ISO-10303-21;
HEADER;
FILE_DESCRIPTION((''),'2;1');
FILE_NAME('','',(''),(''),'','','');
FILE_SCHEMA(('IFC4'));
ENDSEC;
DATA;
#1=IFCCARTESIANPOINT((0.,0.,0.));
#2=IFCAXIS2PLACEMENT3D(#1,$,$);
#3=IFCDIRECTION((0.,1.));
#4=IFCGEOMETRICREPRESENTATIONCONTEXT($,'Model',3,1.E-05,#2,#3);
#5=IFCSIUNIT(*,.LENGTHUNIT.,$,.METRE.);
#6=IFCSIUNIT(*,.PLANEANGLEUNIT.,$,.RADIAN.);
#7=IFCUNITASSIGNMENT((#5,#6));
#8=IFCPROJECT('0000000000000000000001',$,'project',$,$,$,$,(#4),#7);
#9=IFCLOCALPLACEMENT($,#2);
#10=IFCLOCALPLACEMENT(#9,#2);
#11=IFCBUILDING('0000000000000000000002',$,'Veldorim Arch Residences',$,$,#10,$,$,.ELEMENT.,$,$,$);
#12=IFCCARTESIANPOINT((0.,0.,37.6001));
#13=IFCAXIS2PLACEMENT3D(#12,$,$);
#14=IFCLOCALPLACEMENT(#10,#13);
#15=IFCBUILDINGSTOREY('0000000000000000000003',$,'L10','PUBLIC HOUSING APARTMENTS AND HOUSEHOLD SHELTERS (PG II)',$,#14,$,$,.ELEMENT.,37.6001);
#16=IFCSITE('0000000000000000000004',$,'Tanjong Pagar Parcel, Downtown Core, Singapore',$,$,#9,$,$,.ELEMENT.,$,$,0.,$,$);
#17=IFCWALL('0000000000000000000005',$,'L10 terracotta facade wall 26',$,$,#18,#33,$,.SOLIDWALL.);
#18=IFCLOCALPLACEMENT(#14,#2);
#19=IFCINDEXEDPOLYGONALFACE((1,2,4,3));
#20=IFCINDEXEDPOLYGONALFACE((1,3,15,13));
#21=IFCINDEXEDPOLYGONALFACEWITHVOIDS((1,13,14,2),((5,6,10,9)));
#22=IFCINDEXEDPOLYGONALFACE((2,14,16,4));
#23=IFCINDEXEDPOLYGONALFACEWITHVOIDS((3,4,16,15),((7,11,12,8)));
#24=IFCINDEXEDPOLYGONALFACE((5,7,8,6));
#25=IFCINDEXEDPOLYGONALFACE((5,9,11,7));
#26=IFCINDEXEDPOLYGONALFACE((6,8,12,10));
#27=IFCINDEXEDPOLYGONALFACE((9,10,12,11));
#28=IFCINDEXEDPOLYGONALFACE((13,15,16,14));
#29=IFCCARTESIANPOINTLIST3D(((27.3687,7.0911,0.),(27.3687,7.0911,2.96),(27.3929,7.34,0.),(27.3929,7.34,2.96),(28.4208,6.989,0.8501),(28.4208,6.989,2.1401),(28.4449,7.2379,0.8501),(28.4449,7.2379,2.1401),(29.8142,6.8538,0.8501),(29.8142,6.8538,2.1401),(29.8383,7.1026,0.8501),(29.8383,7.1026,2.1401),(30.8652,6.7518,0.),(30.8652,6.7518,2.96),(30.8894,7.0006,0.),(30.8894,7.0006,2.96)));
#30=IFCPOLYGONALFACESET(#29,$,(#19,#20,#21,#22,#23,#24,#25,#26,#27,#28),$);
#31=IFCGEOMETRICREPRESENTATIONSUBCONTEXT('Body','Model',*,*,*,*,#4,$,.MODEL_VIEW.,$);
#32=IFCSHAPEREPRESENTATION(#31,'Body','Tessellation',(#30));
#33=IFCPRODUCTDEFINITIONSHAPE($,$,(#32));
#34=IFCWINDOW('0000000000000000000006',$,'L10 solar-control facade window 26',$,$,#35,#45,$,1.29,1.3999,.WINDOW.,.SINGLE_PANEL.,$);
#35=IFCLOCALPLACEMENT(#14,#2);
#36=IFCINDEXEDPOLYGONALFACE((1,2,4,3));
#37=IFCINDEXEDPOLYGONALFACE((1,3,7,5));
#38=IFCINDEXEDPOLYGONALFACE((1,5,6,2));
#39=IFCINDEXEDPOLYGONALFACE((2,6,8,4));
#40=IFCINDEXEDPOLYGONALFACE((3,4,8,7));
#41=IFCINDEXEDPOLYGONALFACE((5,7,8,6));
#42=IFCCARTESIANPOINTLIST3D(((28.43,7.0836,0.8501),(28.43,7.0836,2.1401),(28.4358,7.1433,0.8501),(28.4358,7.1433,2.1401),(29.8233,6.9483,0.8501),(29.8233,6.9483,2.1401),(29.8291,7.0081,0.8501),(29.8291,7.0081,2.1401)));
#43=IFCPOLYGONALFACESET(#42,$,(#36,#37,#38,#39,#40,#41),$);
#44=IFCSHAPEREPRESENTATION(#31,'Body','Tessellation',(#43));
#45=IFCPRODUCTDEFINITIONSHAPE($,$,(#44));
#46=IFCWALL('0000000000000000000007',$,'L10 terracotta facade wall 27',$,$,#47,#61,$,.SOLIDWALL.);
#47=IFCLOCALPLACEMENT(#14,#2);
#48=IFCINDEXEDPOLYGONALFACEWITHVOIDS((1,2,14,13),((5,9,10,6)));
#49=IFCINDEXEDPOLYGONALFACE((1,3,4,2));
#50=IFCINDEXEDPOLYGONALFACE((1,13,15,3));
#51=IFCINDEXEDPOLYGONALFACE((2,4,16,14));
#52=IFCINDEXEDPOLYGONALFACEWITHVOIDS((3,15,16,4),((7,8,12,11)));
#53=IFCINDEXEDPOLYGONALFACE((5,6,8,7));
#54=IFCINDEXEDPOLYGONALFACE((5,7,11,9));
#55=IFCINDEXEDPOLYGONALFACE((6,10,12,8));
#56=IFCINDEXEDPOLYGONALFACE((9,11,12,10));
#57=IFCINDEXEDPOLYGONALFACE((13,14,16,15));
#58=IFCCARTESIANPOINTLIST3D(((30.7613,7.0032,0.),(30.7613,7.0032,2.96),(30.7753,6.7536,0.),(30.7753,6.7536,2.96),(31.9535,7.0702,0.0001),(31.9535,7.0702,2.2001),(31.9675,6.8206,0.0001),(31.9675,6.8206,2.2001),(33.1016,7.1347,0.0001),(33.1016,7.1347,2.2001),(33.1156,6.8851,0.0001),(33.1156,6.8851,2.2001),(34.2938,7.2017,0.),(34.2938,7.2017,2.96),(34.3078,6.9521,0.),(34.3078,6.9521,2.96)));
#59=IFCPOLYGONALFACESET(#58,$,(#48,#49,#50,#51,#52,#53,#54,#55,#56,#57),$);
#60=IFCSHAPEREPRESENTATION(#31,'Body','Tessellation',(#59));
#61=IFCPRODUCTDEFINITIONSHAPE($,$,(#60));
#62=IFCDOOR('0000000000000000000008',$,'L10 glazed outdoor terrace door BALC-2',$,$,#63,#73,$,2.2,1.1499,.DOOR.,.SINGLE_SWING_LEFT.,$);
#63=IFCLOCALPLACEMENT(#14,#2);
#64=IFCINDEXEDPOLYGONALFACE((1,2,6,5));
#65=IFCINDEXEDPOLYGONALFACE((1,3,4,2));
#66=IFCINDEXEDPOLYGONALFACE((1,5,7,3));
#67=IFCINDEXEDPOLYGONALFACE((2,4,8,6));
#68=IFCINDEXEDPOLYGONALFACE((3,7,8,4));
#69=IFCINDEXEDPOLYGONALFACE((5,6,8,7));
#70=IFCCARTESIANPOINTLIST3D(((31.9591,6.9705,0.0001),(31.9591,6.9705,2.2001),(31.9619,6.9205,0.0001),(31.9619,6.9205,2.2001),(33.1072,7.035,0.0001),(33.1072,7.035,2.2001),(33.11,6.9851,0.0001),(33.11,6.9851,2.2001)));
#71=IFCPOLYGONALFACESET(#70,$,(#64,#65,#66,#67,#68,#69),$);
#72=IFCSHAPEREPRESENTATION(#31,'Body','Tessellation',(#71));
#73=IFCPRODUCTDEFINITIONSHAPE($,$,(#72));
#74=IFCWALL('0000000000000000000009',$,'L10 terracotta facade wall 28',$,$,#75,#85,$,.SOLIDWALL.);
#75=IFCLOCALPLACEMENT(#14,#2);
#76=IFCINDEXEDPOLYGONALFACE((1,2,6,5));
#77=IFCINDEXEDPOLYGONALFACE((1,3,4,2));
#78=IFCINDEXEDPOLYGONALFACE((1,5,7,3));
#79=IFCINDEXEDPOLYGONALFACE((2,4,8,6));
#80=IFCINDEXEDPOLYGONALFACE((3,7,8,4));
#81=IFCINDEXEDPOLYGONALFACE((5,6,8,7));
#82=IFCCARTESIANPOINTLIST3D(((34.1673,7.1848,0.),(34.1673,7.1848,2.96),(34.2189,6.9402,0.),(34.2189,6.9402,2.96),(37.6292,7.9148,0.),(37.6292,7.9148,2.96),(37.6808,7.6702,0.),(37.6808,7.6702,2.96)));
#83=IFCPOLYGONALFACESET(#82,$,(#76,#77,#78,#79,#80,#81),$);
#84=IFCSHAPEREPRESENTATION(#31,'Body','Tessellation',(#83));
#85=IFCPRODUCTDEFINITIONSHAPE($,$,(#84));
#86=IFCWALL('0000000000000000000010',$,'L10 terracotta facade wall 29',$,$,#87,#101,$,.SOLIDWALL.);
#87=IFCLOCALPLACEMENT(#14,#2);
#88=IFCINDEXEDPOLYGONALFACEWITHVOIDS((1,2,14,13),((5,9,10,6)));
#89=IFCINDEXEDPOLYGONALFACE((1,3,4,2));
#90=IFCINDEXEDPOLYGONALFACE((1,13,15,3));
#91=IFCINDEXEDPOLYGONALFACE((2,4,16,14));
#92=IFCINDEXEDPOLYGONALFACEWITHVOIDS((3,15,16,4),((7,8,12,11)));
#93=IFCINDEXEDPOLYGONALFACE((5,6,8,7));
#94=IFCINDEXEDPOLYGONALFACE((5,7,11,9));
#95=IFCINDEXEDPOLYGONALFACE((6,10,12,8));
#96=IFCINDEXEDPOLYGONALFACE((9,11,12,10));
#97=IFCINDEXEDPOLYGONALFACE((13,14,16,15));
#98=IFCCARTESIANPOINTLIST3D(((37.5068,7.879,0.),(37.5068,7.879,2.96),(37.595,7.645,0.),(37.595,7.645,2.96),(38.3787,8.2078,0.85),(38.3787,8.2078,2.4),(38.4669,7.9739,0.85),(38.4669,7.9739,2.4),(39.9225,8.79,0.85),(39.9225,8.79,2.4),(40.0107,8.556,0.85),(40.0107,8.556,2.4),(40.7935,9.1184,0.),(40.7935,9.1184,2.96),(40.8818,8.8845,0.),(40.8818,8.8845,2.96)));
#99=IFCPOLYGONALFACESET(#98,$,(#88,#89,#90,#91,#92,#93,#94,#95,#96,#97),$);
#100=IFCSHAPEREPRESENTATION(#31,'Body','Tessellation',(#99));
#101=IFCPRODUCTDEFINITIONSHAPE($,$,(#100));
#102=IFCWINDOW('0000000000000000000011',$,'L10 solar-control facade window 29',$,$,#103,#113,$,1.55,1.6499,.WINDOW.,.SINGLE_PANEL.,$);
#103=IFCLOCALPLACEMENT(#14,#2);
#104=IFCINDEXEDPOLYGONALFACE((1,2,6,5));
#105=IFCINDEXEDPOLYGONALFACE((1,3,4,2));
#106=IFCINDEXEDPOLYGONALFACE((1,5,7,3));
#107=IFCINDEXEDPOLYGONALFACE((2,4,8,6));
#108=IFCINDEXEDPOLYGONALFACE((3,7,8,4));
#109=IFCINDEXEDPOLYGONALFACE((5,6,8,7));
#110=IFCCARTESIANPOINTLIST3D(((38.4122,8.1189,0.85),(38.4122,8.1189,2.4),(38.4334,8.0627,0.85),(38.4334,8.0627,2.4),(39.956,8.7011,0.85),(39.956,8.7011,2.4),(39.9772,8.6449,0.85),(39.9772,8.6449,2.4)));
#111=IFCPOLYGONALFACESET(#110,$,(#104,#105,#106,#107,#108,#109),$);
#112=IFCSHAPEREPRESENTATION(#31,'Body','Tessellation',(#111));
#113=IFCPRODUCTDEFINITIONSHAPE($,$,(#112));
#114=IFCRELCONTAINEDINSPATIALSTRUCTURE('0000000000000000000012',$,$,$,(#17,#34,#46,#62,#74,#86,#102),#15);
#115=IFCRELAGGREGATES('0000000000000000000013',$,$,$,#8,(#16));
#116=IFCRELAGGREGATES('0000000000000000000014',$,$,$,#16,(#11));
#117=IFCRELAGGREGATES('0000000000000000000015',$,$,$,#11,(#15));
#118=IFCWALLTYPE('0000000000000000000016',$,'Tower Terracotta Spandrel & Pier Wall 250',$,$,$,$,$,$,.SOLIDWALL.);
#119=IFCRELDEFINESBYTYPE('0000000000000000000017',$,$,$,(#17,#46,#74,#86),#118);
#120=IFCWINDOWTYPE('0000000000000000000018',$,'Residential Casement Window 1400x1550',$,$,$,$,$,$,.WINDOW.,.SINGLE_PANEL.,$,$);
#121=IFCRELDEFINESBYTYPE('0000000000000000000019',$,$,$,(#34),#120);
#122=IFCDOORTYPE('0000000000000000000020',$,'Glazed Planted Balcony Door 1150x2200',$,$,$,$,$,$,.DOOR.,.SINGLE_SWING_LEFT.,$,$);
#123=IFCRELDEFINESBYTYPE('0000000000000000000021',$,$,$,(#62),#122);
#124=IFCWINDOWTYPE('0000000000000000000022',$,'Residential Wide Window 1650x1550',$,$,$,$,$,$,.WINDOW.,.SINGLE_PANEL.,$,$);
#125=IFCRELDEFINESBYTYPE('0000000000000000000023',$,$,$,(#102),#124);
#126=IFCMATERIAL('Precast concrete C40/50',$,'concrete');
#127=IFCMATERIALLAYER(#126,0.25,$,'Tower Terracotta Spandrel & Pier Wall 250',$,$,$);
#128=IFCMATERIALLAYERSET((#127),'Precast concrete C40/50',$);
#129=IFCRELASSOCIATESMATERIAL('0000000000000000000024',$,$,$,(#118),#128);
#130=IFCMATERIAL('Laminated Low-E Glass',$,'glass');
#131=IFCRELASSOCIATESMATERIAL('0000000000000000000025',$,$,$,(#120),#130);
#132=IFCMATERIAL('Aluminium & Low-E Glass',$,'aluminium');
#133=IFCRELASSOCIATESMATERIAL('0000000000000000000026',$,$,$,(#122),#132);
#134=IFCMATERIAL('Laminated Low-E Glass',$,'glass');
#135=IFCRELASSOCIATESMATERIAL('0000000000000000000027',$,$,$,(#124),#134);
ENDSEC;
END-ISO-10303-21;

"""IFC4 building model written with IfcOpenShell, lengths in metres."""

from ifc_helpers import new_model, si_unit, direction, frame, frame_2d, origin, place, context, subcontext, project, spatial, rectangle, extrude, material, layer, layer_set, type_object, element, fill, save


model = new_model("IFC4")

# Units and contexts
model_context = context("Model", 3, precision=1e-05, world=origin(), true_north=direction((0.0, 1.0)))
body_context = subcontext(model_context, "Body", "Model", "MODEL_VIEW")
ifc_project = project(units=[si_unit("LENGTHUNIT", "METRE"), si_unit("PLANEANGLEUNIT", "RADIAN")], contexts=[model_context])

# Site, building, storey
site_placement = place(None, origin())
site = spatial("IfcSite", under=ifc_project, at=site_placement, Name="Tanjong Pagar Parcel, Downtown Core, Singapore", CompositionType="ELEMENT", RefElevation=0.0)
building_placement = place(site_placement, origin())
building = spatial("IfcBuilding", under=site, at=building_placement, Name="Veldorim Arch Residences", CompositionType="ELEMENT")
storey_placement = place(building_placement, frame((0.0, 0.0, 37.6001)))
storey = spatial("IfcBuildingStorey", under=building, at=storey_placement, Name="L10", Description="PUBLIC HOUSING APARTMENTS AND HOUSEHOLD SHELTERS (PG II)", CompositionType="ELEMENT", Elevation=37.6001)

# Wall, opening, window
ifc_material_1 = material(Name="Precast concrete C40/50", Category="concrete")
ifc_layer_1 = layer(ifc_material_1, 0.25, Name="Tower Terracotta Spandrel & Pier Wall 250")
ifc_layer_set_1 = layer_set([ifc_layer_1], Name="Precast concrete C40/50")
wall_type_1 = type_object("IfcWallType", Name="Tower Terracotta Spandrel & Pier Wall 250", PredefinedType="SOLIDWALL", material=ifc_layer_set_1)
wall_1_placement = place(storey_placement, frame((30.8772, 6.8762, 0.0), z_axis=(0.0, 0.0, 1.0), x_axis=(-0.995323, 0.0966, 0.0)))
wall_1 = element("IfcWall", 1, at=wall_1_placement, inside=storey, type_object=wall_type_1, Name="L10 terracotta facade wall 26", PredefinedType="SOLIDWALL", context=body_context, shape_type="SweptSolid", body=[
    extrude(rectangle(XDim=3.5129, YDim=0.25, at=frame_2d((1.7563, 0.0))), origin(), (0.0, 0.0, 1.0), 2.96),
])
opening_1_placement = place(wall_1_placement, frame((1.0559, 0.0, 0.8501)))
opening_1 = element("IfcOpeningElement", 2, at=opening_1_placement, cuts=wall_1, PredefinedType="OPENING", context=body_context, shape_type="SweptSolid", body=[
    extrude(rectangle(XDim=1.3999, YDim=1.29, at=frame_2d((0.7, 0.645))), frame((0.0, 0.135, 0.0), z_axis=(0.0, -1.0, 0.0), x_axis=(1.0, 0.0, 0.0)), (0.0, 0.0, 1.0), 0.27),
])
ifc_material_2 = material(Name="Laminated Low-E Glass", Category="glass")
window_type_1 = type_object("IfcWindowType", Name="Residential Casement Window 1400x1550", PartitioningType="SINGLE_PANEL", PredefinedType="WINDOW", material=ifc_material_2)
window_1_placement = place(opening_1_placement, origin())
window_1 = element("IfcWindow", 3, at=window_1_placement, inside=storey, type_object=window_type_1, Name="L10 solar-control facade window 26", OverallHeight=1.29, OverallWidth=1.3999, PartitioningType="SINGLE_PANEL", PredefinedType="WINDOW", context=body_context, shape_type="SweptSolid", body=[
    extrude(rectangle(XDim=1.3999, YDim=1.29, at=frame_2d((0.7, 0.645))), frame((0.0, 0.03, 0.0), z_axis=(0.0, -1.0, 0.0), x_axis=(1.0, 0.0, 0.0)), (0.0, 0.0, 1.0), 0.0601),
])
fill(opening_1, window_1)

# Wall, opening, door
wall_2_placement = place(storey_placement, frame((34.3008, 7.0769, 0.0), z_axis=(0.0, 0.0, 1.0), x_axis=(-0.998425, -0.056101, 0.0)))
wall_2 = element("IfcWall", 4, at=wall_2_placement, inside=storey, type_object=wall_type_1, Name="L10 terracotta facade wall 27", PredefinedType="SOLIDWALL", context=body_context, shape_type="SweptSolid", body=[
    extrude(rectangle(XDim=3.5381, YDim=0.25, at=frame_2d((1.769, 0.0))), origin(), (0.0, 0.0, 1.0), 2.96),
])
opening_2_placement = place(wall_2_placement, frame((1.1941, 0.0, 0.0)))
opening_2 = element("IfcOpeningElement", 5, at=opening_2_placement, cuts=wall_2, PredefinedType="OPENING", context=body_context, shape_type="SweptSolid", body=[
    extrude(rectangle(XDim=1.1499, YDim=2.2, at=frame_2d((0.575, 1.1001))), frame((0.0, 0.135, 0.0), z_axis=(0.0, -1.0, 0.0), x_axis=(1.0, 0.0, 0.0)), (0.0, 0.0, 1.0), 0.27),
])
ifc_material_3 = material(Name="Aluminium & Low-E Glass", Category="aluminium")
door_type = type_object("IfcDoorType", Name="Glazed Planted Balcony Door 1150x2200", OperationType="SINGLE_SWING_LEFT", PredefinedType="DOOR", material=ifc_material_3)
door_placement = place(opening_2_placement, origin())
door = element("IfcDoor", 6, at=door_placement, inside=storey, type_object=door_type, Name="L10 glazed outdoor terrace door BALC-2", OperationType="SINGLE_SWING_LEFT", OverallHeight=2.2, OverallWidth=1.1499, PredefinedType="DOOR", context=body_context, shape_type="SweptSolid", body=[
    extrude(rectangle(XDim=1.1499, YDim=2.2, at=frame_2d((0.575, 1.1001))), frame((0.0, 0.0249, 0.0), z_axis=(0.0, -1.0, 0.0), x_axis=(1.0, 0.0, 0.0)), (0.0, 0.0, 1.0), 0.05),
])
fill(opening_2, door)

# Wall
wall_3_placement = place(storey_placement, frame((37.655, 7.7925, 0.0), z_axis=(0.0, 0.0, 1.0), x_axis=(-0.978484, -0.206323, 0.0)))
element("IfcWall", 7, at=wall_3_placement, inside=storey, type_object=wall_type_1, Name="L10 terracotta facade wall 28", PredefinedType="SOLIDWALL", context=body_context, shape_type="SweptSolid", body=[
    extrude(rectangle(XDim=3.5381, YDim=0.25, at=frame_2d((1.769, 0.0))), origin(), (0.0, 0.0, 1.0), 2.96),
])

# Wall, opening, window
wall_4_placement = place(storey_placement, frame((40.8376, 9.0015, 0.0), z_axis=(0.0, 0.0, 1.0), x_axis=(-0.935679, -0.352852, 0.0)))
wall_4 = element("IfcWall", 8, at=wall_4_placement, inside=storey, type_object=wall_type_1, Name="L10 terracotta facade wall 29", PredefinedType="SOLIDWALL", context=body_context, shape_type="SweptSolid", body=[
    extrude(rectangle(XDim=3.5127, YDim=0.25, at=frame_2d((1.7563, 0.0))), origin(), (0.0, 0.0, 1.0), 2.96),
])
opening_3_placement = place(wall_4_placement, frame((0.9309, 0.0, 0.8501)))
opening_3 = element("IfcOpeningElement", 9, at=opening_3_placement, cuts=wall_4, PredefinedType="OPENING", context=body_context, shape_type="SweptSolid", body=[
    extrude(rectangle(XDim=1.6499, YDim=1.55, at=frame_2d((0.825, 0.7749))), frame((0.0, 0.135, 0.0), z_axis=(0.0, -1.0, 0.0), x_axis=(1.0, 0.0, 0.0)), (0.0, 0.0, 1.0), 0.27),
])
ifc_material_4 = material(Name="Laminated Low-E Glass", Category="glass")
window_type_2 = type_object("IfcWindowType", Name="Residential Wide Window 1650x1550", PartitioningType="SINGLE_PANEL", PredefinedType="WINDOW", material=ifc_material_4)
window_2_placement = place(opening_3_placement, origin())
window_2 = element("IfcWindow", 10, at=window_2_placement, inside=storey, type_object=window_type_2, Name="L10 solar-control facade window 29", OverallHeight=1.55, OverallWidth=1.6499, PartitioningType="SINGLE_PANEL", PredefinedType="WINDOW", context=body_context, shape_type="SweptSolid", body=[
    extrude(rectangle(XDim=1.6499, YDim=1.55, at=frame_2d((0.825, 0.7749))), frame((0.0, 0.03, 0.0), z_axis=(0.0, -1.0, 0.0), x_axis=(1.0, 0.0, 0.0)), (0.0, 0.0, 1.0), 0.0601),
])
fill(opening_3, window_2)

save(model, "model.ifc")
